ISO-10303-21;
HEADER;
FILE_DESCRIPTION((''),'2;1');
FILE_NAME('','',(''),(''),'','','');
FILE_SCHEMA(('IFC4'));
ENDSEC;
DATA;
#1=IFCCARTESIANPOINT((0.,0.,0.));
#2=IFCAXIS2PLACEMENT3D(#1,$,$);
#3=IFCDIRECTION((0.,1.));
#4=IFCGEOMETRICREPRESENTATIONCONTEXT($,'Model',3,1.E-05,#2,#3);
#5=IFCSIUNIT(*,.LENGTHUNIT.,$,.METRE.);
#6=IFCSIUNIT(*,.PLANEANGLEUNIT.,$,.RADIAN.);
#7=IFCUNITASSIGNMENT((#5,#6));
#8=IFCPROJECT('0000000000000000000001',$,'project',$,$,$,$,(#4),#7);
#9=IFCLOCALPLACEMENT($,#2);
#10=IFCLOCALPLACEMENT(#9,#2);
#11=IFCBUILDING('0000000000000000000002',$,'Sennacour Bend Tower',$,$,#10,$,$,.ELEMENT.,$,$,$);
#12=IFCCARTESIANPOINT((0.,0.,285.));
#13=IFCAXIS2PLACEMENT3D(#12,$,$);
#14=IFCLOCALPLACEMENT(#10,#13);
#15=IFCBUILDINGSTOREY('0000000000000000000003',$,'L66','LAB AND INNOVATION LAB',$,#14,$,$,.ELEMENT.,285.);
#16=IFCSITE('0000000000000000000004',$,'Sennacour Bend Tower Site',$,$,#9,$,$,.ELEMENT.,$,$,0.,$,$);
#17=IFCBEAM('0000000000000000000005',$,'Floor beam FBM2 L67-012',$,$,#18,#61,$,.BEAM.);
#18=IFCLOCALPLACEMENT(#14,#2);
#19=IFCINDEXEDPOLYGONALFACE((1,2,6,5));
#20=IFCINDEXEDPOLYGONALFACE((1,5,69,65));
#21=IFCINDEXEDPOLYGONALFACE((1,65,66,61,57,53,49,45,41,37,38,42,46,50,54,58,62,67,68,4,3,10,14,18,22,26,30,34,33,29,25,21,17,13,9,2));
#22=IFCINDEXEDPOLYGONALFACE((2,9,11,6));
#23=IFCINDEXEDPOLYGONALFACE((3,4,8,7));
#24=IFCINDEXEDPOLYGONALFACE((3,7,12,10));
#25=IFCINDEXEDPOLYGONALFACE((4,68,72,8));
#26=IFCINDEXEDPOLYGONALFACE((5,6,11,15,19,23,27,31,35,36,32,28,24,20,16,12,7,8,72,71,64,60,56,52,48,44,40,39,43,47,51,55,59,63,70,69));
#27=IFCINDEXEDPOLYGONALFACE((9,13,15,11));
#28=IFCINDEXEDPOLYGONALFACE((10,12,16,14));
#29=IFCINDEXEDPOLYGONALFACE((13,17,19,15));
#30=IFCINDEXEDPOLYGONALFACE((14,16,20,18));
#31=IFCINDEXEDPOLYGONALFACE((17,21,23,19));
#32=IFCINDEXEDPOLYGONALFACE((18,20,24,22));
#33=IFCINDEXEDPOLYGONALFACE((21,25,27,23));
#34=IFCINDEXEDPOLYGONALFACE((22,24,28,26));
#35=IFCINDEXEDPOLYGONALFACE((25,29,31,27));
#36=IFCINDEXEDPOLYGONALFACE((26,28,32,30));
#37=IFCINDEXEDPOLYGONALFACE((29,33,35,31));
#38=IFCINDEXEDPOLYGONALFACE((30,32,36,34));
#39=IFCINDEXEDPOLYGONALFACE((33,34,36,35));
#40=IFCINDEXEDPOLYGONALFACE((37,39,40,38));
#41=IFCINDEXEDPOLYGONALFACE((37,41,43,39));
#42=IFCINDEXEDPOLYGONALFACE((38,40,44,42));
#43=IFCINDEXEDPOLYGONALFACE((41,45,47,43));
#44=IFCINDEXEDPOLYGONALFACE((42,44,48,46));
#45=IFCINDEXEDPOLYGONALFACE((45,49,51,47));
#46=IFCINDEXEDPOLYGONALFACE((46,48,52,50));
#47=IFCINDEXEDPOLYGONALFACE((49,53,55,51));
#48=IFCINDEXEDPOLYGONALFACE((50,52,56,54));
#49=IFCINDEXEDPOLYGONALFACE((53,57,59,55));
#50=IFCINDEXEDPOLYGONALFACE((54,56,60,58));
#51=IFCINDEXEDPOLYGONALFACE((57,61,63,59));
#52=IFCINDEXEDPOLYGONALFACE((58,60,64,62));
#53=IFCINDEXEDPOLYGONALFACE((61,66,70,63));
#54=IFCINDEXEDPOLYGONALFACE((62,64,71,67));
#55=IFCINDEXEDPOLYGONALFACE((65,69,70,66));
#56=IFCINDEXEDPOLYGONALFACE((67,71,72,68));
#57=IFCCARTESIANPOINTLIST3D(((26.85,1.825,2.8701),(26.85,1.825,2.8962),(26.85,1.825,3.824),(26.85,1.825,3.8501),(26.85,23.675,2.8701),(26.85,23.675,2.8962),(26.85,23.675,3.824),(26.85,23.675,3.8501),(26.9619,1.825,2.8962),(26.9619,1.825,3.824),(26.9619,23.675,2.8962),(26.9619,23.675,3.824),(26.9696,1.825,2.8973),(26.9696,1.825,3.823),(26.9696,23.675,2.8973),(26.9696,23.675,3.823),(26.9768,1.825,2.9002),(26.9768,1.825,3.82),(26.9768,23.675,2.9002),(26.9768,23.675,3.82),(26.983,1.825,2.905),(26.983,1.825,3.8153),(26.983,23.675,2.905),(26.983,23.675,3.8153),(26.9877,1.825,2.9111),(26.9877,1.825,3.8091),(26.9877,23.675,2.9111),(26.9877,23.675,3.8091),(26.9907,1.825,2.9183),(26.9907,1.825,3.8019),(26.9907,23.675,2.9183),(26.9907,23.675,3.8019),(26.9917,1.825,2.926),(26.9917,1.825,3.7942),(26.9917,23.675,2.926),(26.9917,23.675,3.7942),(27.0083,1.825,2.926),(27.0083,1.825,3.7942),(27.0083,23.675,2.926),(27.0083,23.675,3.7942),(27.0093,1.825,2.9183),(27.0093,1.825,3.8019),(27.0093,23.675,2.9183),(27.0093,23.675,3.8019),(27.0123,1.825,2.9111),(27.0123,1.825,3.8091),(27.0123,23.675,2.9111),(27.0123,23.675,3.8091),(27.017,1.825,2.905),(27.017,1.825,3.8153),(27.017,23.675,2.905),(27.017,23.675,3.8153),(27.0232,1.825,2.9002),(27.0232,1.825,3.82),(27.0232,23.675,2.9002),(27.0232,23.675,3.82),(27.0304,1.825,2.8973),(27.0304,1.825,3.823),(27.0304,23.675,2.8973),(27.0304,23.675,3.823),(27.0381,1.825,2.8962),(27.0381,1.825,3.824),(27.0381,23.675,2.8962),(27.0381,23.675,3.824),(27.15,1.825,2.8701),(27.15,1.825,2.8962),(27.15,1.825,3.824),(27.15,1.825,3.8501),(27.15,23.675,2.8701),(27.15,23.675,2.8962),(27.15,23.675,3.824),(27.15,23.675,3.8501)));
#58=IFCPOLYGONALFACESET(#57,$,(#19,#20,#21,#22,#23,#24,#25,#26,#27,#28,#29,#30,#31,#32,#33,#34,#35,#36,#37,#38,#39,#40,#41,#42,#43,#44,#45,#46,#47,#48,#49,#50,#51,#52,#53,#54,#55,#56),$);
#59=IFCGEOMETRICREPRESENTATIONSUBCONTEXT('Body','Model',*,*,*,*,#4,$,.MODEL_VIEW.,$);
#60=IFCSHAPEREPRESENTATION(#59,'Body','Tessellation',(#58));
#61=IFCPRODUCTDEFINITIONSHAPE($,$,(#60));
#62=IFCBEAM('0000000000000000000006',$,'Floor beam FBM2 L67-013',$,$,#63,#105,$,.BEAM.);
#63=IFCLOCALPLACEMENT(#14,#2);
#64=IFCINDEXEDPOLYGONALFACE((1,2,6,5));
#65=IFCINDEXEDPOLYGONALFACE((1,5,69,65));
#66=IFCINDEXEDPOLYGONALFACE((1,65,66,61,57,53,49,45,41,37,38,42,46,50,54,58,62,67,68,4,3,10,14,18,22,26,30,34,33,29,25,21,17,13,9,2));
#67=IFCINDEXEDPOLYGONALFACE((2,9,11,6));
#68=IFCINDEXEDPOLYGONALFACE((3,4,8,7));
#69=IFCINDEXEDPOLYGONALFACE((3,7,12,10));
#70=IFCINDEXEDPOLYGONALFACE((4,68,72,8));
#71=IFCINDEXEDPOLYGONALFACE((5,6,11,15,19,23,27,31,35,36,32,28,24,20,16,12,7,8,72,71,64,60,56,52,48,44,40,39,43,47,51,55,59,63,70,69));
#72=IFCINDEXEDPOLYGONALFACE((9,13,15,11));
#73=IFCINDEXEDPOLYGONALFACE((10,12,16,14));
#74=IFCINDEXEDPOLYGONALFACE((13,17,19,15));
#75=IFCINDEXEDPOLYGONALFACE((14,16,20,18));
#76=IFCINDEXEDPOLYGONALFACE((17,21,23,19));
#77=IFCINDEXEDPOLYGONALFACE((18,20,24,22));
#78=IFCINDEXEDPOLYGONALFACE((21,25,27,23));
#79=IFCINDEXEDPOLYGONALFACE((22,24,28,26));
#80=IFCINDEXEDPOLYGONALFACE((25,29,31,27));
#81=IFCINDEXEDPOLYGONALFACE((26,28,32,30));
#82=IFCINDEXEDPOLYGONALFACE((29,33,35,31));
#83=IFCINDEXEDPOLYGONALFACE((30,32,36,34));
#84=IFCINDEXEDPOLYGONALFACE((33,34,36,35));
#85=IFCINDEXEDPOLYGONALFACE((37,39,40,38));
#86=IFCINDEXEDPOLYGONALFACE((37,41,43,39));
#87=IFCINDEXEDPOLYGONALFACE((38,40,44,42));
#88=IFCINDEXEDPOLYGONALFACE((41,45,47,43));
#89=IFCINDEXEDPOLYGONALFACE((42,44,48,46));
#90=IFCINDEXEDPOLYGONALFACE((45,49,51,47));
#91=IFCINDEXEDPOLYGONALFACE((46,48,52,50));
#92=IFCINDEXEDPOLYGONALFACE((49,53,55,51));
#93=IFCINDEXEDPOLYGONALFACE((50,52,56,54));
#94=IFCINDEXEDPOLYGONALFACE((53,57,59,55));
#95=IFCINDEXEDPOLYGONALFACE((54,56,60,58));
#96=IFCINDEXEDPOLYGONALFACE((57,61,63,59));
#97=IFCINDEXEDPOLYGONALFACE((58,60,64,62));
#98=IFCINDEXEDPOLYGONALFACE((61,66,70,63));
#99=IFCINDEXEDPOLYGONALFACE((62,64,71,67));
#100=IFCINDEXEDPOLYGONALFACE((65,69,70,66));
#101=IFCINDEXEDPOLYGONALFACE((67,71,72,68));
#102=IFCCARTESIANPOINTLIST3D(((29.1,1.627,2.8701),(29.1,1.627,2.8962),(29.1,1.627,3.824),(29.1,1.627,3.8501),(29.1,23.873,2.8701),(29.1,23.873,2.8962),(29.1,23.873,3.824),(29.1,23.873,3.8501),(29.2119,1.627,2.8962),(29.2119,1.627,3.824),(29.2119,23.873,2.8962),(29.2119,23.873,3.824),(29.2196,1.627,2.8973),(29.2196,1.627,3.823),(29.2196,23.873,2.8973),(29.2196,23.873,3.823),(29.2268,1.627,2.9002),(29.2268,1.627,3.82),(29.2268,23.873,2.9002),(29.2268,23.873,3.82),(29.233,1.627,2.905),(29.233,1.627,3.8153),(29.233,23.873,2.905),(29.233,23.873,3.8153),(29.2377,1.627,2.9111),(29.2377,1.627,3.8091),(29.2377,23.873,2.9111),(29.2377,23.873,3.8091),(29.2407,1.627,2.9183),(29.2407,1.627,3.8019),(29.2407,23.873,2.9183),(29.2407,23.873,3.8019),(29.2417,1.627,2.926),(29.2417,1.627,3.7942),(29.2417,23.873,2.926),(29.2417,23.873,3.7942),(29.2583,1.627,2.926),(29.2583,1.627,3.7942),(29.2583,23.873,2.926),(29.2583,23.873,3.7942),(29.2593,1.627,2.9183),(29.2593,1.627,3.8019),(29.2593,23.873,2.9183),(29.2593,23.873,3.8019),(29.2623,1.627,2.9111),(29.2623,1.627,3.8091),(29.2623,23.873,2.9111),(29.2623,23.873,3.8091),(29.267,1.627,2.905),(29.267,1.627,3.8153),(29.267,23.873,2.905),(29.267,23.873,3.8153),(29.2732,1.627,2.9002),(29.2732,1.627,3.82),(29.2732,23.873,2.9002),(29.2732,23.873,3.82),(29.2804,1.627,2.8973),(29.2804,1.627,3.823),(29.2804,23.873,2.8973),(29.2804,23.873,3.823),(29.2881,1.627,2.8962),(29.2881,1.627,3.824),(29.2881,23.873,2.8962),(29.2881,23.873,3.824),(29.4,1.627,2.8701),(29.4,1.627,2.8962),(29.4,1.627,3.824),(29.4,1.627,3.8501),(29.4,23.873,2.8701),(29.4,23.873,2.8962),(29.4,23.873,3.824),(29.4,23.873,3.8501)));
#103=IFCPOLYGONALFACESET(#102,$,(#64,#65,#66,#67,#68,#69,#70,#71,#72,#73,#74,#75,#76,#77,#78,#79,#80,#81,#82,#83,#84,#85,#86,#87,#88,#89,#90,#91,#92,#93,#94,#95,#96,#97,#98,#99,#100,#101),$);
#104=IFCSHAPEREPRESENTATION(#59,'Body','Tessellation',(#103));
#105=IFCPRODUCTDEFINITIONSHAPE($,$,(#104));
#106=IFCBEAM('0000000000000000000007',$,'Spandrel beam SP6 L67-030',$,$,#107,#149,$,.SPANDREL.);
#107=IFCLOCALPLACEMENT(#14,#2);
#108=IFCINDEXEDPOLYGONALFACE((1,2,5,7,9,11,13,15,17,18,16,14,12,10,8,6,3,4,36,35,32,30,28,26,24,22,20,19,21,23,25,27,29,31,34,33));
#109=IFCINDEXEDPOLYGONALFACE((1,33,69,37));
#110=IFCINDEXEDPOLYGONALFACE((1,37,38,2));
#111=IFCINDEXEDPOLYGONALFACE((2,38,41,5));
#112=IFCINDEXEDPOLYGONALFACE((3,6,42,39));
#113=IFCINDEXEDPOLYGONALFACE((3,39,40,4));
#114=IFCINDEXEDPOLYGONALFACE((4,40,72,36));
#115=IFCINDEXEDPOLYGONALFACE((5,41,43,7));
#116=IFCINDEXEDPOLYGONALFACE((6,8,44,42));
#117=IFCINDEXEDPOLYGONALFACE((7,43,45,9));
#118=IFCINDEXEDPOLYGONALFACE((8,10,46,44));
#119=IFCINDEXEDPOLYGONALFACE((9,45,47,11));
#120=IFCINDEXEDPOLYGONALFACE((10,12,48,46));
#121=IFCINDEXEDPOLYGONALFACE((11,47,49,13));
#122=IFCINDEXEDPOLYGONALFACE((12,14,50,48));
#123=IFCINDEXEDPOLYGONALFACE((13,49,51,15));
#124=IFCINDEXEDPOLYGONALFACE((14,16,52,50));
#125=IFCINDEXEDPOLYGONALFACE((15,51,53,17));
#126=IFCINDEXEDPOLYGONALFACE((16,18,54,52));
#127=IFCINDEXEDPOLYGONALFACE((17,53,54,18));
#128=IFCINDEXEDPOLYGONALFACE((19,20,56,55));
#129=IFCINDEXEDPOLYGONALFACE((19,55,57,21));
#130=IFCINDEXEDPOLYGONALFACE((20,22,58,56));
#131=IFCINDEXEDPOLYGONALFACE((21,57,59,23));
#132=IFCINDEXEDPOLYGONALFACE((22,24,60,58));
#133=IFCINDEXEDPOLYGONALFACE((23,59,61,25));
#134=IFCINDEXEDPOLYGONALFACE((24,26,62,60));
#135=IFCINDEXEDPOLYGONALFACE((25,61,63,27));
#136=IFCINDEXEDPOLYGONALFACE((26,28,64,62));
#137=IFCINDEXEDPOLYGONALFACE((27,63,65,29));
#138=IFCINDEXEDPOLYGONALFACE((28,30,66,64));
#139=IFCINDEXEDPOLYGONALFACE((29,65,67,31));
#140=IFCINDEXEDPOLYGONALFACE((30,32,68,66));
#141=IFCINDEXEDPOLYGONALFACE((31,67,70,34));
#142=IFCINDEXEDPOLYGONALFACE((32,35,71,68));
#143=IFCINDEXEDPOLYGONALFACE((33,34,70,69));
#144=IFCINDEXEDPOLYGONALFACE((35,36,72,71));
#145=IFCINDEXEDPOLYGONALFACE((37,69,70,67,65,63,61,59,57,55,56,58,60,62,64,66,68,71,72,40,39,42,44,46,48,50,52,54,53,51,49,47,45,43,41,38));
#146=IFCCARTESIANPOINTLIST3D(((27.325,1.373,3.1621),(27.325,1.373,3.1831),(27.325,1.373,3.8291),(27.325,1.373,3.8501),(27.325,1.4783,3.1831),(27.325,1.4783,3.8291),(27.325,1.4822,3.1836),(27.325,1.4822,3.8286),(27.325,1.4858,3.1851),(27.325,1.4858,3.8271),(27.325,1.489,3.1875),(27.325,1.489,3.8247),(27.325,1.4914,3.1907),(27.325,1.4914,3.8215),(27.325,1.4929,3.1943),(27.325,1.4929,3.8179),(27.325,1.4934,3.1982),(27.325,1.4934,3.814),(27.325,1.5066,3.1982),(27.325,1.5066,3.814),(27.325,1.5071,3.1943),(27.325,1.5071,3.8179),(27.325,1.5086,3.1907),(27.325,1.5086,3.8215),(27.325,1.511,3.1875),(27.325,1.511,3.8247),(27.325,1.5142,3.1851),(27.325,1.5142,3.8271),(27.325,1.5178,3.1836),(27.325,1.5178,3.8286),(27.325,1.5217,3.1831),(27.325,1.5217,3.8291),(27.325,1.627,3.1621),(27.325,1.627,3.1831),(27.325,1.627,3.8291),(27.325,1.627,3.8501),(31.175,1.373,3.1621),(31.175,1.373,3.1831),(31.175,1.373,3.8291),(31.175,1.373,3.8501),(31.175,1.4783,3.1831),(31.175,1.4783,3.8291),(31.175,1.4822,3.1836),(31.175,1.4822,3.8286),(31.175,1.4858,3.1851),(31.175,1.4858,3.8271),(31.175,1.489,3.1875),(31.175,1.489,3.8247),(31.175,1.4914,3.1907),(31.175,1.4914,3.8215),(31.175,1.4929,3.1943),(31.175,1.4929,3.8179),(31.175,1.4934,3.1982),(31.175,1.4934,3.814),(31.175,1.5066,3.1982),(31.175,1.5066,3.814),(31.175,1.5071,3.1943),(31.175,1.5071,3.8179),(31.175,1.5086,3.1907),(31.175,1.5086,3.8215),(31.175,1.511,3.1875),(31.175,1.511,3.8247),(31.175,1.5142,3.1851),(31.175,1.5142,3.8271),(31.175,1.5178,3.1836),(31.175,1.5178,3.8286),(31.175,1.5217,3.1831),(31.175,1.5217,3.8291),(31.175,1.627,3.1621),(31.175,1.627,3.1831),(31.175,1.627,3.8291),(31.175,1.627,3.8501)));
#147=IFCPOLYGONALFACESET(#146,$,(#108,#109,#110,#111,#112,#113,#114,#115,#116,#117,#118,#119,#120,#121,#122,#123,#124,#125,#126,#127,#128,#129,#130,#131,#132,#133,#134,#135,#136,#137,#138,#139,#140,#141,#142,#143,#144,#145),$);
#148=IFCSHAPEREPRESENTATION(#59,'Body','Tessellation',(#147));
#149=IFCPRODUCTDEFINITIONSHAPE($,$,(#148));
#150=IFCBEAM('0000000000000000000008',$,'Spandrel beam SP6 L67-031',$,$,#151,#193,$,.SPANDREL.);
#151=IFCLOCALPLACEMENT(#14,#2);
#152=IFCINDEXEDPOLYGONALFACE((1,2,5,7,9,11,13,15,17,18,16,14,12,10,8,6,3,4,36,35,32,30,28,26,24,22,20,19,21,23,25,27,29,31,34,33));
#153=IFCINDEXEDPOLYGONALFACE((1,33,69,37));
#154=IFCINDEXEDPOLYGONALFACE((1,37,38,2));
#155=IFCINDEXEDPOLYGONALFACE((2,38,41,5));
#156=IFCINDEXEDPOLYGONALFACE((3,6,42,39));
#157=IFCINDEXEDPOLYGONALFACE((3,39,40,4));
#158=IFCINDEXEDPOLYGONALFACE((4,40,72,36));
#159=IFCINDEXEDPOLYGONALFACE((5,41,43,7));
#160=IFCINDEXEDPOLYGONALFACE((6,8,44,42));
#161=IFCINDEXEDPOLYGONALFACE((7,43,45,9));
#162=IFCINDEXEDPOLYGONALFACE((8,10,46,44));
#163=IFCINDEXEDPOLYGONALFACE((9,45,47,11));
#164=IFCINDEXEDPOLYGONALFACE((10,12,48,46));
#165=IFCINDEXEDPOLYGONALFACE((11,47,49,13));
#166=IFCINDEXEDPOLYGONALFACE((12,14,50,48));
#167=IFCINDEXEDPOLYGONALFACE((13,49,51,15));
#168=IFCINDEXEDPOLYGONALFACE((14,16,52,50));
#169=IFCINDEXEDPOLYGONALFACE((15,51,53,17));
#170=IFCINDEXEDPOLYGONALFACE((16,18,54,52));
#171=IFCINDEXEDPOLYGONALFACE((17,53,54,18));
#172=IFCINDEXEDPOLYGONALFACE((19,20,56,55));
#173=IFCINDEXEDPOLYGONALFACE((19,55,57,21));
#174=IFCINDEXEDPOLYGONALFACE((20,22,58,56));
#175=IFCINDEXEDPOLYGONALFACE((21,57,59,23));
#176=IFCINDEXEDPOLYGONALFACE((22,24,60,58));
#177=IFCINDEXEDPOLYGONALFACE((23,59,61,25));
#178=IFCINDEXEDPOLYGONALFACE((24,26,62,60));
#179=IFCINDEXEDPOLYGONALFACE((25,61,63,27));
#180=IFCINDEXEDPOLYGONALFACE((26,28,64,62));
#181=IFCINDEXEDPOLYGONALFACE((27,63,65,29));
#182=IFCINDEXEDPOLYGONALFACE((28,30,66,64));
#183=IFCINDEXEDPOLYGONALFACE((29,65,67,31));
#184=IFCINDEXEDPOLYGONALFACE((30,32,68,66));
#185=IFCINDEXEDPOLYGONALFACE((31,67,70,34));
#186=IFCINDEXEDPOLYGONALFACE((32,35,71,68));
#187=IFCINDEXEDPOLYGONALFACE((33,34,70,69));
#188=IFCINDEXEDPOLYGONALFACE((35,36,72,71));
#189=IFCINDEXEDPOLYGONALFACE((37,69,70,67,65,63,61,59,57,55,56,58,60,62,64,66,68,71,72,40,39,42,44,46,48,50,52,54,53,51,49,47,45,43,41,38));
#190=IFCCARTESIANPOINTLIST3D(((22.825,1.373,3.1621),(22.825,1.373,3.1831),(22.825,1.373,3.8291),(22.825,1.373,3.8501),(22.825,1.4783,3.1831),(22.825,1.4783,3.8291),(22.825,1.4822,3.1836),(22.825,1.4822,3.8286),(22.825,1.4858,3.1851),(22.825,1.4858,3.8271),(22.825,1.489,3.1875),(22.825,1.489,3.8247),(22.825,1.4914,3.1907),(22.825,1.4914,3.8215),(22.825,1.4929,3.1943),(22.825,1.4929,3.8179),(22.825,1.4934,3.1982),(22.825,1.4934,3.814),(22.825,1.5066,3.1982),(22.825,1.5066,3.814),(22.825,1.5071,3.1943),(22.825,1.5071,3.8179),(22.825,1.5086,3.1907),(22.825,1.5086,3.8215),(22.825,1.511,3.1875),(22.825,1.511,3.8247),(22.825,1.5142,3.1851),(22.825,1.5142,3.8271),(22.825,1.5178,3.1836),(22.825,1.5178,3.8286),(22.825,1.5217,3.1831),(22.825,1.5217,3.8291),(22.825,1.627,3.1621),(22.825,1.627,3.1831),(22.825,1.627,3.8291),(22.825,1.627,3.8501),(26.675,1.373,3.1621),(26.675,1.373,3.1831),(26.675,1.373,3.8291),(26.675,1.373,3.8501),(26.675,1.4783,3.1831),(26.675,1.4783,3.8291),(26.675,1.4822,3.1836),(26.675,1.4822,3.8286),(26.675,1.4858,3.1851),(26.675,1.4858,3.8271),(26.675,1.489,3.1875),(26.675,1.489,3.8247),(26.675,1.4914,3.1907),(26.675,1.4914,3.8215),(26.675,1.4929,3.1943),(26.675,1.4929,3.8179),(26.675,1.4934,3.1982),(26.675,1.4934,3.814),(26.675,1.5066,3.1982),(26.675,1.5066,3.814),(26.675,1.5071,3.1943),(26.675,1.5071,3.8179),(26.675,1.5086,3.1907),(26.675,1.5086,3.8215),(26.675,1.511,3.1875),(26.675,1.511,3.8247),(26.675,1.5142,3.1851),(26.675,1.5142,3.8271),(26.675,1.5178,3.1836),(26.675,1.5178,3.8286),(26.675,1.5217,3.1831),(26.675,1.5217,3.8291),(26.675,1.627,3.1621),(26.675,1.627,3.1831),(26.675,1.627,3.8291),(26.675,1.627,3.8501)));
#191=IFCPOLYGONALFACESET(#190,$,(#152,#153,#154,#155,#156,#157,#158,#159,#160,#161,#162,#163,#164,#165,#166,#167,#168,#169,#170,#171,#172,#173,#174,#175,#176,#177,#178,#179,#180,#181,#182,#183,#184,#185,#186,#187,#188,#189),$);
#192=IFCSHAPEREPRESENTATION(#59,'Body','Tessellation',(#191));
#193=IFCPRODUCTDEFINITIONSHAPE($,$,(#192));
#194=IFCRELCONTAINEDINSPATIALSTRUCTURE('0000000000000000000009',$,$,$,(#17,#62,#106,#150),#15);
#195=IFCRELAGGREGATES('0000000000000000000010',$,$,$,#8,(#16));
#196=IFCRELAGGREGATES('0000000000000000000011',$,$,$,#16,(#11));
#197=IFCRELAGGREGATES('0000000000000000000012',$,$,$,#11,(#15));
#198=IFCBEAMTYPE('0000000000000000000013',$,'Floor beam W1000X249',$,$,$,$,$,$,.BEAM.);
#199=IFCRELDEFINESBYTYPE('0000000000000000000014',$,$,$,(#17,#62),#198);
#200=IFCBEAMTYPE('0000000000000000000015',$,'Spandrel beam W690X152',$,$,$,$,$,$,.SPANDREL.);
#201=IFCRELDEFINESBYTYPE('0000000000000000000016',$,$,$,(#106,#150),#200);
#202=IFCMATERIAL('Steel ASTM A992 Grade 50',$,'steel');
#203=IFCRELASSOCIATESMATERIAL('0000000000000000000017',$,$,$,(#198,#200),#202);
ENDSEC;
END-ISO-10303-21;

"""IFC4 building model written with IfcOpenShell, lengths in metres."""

from ifc_helpers import new_model, si_unit, direction, frame, origin, origin_2d, place, context, subcontext, project, spatial, i_section, extrude, material, material_profile, profile_set, type_object, element, save


model = new_model("IFC4")

# Units and contexts
model_context = context("Model", 3, precision=1e-05, world=origin(), true_north=direction((0.0, 1.0)))
body_context = subcontext(model_context, "Body", "Model", "MODEL_VIEW")
ifc_project = project(units=[si_unit("LENGTHUNIT", "METRE"), si_unit("PLANEANGLEUNIT", "RADIAN")], contexts=[model_context])

# Site, building, storey
site_placement = place(None, origin())
site = spatial("IfcSite", under=ifc_project, at=site_placement, Name="Sennacour Bend Tower Site", CompositionType="ELEMENT", RefElevation=0.0)
building_placement = place(site_placement, origin())
building = spatial("IfcBuilding", under=site, at=building_placement, Name="Sennacour Bend Tower", CompositionType="ELEMENT")
storey_placement = place(building_placement, frame((0.0, 0.0, 285.0)))
storey = spatial("IfcBuildingStorey", under=building, at=storey_placement, Name="L66", Description="LAB AND INNOVATION LAB", CompositionType="ELEMENT", Elevation=285.0)

# Beams
ifc_material_1 = material(Name="Steel ASTM A992 Grade 50", Category="steel")
ifc_material_profile_1 = material_profile(ifc_material_1, i_section(OverallWidth=0.3, OverallDepth=0.98, WebThickness=0.0166, FlangeThickness=0.0261, FilletRadius=0.0298, at=origin_2d()), Name="Steel ASTM A992 Grade 50", Category="steel")
ifc_profile_set_1 = profile_set([ifc_material_profile_1], Name="Steel ASTM A992 Grade 50")
beam_type_1 = type_object("IfcBeamType", Name="Floor beam W1000X249", PredefinedType="BEAM", material=ifc_profile_set_1)
beam_1_placement = place(storey_placement, frame((27.0, 1.825, 3.3601), z_axis=(0.0, 1.0, 0.0), x_axis=(-1.0, 0.0, 0.0)))
element("IfcBeam", 1, at=beam_1_placement, inside=storey, type_object=beam_type_1, Name="Floor beam FBM2 L67-012", PredefinedType="BEAM", context=body_context, shape_type="SweptSolid", body=[
    extrude(i_section(OverallWidth=0.3, OverallDepth=0.98, WebThickness=0.0166, FlangeThickness=0.0261, FilletRadius=0.0298, at=origin_2d()), origin(), (0.0, 0.0, 1.0), 21.8501),
])
beam_2_placement = place(storey_placement, frame((29.25, 1.627, 3.3601), z_axis=(0.0, 1.0, 0.0), x_axis=(-1.0, 0.0, 0.0)))
element("IfcBeam", 2, at=beam_2_placement, inside=storey, type_object=beam_type_1, Name="Floor beam FBM2 L67-013", PredefinedType="BEAM", context=body_context, shape_type="SweptSolid", body=[
    extrude(i_section(OverallWidth=0.3, OverallDepth=0.98, WebThickness=0.0166, FlangeThickness=0.0261, FilletRadius=0.0298, at=origin_2d()), origin(), (0.0, 0.0, 1.0), 22.2461),
])
ifc_material_profile_2 = material_profile(ifc_material_1, i_section(OverallWidth=0.2539, OverallDepth=0.688, WebThickness=0.0132, FlangeThickness=0.021, FilletRadius=0.0151, at=origin_2d()), Name="Steel ASTM A992 Grade 50", Category="steel")
ifc_profile_set_2 = profile_set([ifc_material_profile_2], Name="Steel ASTM A992 Grade 50")
beam_type_2 = type_object("IfcBeamType", Name="Spandrel beam W690X152", PredefinedType="SPANDREL", material=ifc_profile_set_2)
for number, where, z_axis, x_axis, name in (
    (3, (31.175, 1.5, 3.5061), (-1.0, 0.0, 0.0), (0.0, -1.0, 0.0), "Spandrel beam SP6 L67-030"),
    (4, (26.675, 1.5, 3.5061), (-1.0, 0.0, 0.0), (0.0, -1.0, 0.0), "Spandrel beam SP6 L67-031"),
):
    element("IfcBeam", number, at=place(storey_placement, frame(where, z_axis=z_axis, x_axis=x_axis)), inside=storey, type_object=beam_type_2, Name=name, PredefinedType="SPANDREL", context=body_context, shape_type="SweptSolid", body=[
        extrude(i_section(OverallWidth=0.2539, OverallDepth=0.688, WebThickness=0.0132, FlangeThickness=0.021, FilletRadius=0.0151, at=origin_2d()), origin(), (0.0, 0.0, 1.0), 3.8501),
    ])

save(model, "model.ifc")
